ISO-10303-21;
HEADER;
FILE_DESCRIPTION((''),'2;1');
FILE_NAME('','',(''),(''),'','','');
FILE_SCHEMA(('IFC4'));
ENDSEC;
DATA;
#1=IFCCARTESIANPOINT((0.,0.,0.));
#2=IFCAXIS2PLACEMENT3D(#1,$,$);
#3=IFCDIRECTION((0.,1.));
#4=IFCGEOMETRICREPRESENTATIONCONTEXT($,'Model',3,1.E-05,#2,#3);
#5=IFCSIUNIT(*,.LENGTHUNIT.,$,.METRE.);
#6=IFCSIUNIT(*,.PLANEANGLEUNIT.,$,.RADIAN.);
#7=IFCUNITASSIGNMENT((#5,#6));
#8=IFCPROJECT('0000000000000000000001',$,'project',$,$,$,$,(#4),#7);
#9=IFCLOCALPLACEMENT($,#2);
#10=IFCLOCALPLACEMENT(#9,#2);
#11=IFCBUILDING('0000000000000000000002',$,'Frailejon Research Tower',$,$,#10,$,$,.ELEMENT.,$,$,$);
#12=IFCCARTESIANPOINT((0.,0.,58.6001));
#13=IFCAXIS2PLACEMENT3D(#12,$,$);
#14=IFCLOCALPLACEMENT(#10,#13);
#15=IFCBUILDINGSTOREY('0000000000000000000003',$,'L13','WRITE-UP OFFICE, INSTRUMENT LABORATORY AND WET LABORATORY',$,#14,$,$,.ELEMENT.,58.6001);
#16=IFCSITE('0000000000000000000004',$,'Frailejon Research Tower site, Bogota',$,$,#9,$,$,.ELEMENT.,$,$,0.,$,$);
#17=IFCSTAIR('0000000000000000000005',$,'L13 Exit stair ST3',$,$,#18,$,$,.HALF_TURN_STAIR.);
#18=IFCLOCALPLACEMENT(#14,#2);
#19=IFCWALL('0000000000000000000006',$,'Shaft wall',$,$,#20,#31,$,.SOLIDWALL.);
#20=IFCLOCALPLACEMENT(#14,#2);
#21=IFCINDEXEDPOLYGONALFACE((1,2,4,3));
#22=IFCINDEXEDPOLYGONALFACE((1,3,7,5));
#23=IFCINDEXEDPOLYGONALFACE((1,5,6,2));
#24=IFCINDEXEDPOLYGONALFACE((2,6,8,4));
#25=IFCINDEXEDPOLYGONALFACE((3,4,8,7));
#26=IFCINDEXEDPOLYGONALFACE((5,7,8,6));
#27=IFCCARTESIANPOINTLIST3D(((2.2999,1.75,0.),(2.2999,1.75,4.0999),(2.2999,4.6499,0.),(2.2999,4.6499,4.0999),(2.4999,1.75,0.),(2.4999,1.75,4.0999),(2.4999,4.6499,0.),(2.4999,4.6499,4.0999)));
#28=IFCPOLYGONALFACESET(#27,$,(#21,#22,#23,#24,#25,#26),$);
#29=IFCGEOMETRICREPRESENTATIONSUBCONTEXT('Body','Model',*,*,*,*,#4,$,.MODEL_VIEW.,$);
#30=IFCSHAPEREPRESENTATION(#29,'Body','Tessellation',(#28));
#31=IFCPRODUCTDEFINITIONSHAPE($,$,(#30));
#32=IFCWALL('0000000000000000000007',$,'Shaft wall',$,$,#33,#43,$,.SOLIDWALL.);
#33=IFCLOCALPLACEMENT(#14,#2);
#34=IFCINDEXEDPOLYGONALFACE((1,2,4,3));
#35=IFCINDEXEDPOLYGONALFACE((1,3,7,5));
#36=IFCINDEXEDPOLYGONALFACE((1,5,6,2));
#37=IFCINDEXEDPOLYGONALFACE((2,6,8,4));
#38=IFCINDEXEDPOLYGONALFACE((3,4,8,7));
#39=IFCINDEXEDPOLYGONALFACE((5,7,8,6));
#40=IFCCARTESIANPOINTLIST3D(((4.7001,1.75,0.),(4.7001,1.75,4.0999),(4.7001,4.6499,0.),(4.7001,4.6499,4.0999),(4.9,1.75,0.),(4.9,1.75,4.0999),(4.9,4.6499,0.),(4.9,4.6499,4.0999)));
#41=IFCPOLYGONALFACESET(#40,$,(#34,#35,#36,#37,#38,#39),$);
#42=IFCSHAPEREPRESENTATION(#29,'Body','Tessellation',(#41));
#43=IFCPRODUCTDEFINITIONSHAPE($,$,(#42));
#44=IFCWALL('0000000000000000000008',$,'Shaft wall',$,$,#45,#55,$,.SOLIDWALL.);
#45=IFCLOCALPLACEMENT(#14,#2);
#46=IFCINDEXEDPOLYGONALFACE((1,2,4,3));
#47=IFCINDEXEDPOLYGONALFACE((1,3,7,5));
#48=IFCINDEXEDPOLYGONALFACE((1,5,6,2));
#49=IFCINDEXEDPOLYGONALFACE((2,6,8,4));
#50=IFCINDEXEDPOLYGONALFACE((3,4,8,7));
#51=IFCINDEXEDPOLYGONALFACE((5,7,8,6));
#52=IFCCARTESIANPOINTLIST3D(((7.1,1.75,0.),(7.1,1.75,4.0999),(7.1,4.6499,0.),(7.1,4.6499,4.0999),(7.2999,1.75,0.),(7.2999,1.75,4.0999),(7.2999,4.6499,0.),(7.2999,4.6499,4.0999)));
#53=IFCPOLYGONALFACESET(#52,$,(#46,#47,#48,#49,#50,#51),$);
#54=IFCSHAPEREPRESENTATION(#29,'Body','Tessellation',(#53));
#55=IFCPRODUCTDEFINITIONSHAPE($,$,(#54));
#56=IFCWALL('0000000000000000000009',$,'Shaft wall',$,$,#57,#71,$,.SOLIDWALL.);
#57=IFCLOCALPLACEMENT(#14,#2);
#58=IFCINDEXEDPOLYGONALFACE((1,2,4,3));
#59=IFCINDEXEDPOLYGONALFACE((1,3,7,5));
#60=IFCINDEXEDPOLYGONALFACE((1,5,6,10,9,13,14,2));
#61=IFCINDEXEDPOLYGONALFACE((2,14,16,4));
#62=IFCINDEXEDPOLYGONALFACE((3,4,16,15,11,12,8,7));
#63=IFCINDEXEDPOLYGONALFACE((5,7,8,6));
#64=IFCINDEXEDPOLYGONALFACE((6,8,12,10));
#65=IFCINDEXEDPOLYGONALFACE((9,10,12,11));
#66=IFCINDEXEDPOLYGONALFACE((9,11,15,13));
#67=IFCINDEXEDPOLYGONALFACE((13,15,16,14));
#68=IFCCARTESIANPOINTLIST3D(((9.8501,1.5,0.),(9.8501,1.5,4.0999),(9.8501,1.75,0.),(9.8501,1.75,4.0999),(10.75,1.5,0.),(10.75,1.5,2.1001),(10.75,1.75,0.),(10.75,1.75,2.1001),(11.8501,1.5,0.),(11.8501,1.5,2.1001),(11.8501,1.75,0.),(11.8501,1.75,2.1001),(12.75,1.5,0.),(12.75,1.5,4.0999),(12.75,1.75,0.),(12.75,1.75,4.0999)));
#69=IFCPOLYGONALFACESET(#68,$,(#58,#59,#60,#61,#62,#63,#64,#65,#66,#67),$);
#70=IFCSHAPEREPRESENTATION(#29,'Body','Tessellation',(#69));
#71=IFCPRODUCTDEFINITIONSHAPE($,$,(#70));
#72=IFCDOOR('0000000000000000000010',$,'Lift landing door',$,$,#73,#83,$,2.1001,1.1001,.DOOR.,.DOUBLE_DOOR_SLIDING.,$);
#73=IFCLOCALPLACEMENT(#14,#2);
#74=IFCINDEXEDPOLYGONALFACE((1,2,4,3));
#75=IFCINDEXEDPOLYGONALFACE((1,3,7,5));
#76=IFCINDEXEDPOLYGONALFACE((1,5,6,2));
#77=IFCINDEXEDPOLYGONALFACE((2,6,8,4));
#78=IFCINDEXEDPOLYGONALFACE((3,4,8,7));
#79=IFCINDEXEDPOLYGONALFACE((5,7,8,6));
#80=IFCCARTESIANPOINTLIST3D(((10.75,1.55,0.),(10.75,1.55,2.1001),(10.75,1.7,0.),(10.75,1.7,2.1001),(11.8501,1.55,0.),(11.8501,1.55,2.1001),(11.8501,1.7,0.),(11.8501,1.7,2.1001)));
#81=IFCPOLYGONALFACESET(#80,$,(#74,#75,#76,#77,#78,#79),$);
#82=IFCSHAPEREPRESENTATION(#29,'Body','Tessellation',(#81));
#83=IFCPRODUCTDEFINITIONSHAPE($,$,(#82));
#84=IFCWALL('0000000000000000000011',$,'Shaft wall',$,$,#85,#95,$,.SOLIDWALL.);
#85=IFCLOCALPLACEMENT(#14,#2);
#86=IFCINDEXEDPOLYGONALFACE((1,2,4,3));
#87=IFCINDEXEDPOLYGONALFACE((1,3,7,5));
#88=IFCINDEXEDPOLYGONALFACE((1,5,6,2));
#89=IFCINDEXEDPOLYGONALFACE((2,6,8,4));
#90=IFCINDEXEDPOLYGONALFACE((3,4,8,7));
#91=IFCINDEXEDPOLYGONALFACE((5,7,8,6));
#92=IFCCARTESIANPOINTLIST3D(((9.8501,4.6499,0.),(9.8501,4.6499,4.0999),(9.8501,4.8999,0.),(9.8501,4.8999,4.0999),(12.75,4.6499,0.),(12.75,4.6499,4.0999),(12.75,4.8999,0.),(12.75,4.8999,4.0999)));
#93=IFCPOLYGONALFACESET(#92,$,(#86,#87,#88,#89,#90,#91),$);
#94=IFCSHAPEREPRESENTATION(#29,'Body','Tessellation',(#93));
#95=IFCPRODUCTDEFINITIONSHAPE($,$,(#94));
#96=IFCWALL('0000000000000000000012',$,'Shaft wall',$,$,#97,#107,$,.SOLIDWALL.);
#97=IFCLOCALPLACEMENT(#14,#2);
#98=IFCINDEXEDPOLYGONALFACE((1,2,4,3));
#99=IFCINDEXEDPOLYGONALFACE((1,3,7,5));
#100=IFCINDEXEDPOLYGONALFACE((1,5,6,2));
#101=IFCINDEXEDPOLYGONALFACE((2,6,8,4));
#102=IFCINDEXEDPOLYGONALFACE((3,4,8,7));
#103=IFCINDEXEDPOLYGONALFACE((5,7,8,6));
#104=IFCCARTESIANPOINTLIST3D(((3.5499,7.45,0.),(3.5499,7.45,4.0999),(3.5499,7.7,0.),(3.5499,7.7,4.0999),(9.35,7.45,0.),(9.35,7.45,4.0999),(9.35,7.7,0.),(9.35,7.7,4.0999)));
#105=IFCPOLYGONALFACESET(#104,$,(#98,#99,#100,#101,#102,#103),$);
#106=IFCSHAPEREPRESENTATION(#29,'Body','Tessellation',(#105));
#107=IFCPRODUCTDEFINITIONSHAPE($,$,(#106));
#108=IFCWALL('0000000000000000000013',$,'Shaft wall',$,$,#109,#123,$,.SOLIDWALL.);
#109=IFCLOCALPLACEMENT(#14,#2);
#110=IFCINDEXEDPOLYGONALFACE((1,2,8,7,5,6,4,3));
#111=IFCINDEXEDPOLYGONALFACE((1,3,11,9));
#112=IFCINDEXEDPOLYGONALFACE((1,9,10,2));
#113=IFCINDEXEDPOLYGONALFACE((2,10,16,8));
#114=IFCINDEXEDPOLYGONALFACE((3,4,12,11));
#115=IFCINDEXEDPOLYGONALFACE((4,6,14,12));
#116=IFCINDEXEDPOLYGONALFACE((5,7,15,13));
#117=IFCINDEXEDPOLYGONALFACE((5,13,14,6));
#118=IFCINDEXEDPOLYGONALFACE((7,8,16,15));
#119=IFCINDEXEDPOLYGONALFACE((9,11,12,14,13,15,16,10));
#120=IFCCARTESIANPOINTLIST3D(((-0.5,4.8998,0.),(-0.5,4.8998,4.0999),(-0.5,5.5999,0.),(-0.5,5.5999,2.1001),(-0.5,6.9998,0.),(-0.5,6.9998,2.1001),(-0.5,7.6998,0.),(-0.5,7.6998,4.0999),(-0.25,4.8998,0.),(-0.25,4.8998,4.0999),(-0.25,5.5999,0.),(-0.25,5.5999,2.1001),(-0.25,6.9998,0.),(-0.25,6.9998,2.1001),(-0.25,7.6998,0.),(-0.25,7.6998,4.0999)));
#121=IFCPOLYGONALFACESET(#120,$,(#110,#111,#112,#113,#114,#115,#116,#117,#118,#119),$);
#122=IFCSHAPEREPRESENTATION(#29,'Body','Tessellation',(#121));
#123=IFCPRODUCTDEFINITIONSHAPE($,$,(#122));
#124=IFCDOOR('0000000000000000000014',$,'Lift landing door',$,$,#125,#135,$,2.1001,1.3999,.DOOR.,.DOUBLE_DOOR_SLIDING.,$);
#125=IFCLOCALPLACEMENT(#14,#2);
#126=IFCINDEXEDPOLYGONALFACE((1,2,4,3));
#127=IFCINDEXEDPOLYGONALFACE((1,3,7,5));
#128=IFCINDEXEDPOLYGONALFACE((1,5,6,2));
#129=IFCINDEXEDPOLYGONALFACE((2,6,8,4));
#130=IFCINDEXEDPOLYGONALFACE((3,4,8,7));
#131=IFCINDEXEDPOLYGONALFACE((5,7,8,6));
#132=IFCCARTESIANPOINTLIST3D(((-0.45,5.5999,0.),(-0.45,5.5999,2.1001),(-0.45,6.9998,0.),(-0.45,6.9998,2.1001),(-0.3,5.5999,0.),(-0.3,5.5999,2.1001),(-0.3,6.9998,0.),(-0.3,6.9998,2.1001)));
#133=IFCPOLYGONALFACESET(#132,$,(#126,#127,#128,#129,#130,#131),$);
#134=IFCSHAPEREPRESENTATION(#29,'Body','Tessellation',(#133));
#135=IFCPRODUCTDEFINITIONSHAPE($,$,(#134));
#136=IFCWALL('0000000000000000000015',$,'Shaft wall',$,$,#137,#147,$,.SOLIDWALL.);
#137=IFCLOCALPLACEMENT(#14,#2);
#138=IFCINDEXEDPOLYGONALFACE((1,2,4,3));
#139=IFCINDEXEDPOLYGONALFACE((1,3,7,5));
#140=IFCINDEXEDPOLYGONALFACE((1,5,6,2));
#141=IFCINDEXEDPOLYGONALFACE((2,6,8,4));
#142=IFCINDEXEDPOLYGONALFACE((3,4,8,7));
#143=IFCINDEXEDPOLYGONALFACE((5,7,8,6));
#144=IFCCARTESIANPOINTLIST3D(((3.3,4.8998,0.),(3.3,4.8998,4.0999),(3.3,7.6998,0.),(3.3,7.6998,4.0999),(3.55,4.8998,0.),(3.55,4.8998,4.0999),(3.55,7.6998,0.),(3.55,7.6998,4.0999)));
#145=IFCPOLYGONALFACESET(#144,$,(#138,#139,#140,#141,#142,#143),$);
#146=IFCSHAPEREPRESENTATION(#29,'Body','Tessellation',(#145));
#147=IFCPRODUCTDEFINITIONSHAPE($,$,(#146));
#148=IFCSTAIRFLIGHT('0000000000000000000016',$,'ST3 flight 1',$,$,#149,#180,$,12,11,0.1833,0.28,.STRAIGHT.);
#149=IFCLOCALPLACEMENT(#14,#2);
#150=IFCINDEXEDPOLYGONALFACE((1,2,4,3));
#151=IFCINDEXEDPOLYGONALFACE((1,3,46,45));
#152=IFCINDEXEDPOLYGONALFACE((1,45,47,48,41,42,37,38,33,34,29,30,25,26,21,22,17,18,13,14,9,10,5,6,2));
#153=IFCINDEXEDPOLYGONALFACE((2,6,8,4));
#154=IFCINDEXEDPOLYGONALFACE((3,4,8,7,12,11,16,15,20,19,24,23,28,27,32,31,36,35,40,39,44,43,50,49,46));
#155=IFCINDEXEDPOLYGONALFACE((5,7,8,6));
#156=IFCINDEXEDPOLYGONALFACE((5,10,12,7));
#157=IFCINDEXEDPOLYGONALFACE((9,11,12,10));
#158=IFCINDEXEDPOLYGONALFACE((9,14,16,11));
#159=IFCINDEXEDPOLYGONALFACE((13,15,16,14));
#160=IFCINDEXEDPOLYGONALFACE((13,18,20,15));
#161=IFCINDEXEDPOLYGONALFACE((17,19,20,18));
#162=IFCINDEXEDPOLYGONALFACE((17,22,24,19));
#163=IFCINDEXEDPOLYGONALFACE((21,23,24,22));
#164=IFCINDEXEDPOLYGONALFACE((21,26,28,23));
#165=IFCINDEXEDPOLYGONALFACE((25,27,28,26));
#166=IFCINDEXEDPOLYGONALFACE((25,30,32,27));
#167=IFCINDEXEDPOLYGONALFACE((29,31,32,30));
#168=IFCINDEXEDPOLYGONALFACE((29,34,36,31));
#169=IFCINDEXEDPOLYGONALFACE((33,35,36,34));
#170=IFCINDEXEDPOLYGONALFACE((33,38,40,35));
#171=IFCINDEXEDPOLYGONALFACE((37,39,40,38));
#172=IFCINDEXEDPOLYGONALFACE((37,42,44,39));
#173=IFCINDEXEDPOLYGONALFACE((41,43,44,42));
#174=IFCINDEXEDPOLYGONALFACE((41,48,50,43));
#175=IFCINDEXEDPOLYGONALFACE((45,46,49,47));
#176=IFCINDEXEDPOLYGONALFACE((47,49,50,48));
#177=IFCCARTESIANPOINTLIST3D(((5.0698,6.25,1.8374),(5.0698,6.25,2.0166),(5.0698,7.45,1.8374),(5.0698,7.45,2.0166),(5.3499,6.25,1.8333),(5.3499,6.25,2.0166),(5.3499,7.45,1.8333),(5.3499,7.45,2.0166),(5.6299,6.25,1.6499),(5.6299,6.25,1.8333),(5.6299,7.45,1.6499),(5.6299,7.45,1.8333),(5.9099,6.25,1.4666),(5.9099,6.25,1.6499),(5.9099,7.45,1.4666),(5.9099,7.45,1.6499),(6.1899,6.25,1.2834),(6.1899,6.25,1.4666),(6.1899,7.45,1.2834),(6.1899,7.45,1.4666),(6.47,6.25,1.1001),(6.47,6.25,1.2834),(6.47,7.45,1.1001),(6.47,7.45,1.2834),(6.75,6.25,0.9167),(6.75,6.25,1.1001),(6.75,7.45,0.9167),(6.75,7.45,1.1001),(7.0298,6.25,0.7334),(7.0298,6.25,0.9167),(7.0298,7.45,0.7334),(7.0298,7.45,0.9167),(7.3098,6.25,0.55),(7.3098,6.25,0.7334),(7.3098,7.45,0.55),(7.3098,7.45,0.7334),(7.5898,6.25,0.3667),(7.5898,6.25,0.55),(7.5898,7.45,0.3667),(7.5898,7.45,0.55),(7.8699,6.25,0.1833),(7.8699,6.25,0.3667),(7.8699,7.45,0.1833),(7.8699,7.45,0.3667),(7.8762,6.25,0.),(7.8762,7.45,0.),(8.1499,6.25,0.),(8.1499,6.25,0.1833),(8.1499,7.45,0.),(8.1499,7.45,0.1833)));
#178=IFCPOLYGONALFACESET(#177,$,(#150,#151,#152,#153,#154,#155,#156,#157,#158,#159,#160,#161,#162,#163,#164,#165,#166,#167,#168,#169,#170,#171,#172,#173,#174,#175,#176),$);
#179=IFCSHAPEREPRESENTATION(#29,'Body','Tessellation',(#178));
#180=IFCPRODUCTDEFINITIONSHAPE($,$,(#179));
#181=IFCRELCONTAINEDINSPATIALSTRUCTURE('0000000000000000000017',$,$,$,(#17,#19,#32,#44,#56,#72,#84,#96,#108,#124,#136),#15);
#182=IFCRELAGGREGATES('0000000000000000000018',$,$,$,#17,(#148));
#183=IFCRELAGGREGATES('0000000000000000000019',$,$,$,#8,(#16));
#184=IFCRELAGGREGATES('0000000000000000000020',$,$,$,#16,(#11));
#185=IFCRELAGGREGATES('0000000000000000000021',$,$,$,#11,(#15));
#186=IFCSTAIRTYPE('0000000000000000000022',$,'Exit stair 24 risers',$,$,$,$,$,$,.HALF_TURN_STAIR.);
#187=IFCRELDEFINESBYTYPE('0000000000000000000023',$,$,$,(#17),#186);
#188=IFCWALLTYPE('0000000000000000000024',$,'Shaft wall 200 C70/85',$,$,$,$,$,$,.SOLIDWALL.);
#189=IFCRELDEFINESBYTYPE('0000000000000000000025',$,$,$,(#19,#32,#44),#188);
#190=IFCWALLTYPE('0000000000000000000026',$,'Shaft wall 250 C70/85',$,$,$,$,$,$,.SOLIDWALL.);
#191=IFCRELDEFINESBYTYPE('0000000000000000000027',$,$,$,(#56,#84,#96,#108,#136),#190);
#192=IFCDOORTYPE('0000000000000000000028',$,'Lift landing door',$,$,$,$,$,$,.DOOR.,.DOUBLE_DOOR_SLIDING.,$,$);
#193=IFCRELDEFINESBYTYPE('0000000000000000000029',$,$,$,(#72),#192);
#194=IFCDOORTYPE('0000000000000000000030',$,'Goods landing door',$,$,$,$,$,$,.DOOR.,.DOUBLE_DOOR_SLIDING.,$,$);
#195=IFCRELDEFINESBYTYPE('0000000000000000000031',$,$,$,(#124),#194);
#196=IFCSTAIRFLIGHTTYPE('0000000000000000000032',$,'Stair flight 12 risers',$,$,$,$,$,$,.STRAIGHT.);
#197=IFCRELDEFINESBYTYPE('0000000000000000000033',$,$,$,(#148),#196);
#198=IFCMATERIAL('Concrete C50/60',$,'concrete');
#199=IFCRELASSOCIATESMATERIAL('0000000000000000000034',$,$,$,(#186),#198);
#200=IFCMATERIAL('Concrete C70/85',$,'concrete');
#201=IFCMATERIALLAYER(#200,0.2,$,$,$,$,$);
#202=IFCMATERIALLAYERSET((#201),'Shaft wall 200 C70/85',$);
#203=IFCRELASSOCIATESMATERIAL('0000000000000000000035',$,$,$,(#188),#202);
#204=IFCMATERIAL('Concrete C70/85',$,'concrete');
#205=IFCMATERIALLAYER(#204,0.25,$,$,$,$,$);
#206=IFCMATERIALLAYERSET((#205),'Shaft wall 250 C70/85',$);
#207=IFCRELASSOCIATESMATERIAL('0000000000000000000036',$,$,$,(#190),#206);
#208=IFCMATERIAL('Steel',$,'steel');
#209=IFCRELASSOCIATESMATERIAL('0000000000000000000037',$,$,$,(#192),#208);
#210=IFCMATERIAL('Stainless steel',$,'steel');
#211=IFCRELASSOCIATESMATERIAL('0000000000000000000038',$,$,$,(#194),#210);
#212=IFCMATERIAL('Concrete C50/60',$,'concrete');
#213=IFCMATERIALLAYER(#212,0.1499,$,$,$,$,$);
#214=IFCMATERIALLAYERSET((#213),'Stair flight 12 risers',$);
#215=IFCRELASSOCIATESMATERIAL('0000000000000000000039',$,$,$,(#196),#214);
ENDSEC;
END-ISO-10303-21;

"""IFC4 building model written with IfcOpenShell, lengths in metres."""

from ifc_helpers import new_model, si_unit, direction, frame, frame_2d, origin, place, context, subcontext, project, spatial, polyline, rectangle, outline, extrude, material, layer, layer_set, type_object, element, fill, aggregate, save


model = new_model("IFC4")

# Units and contexts
model_context = context("Model", 3, precision=1e-05, world=origin(), true_north=direction((0.0, 1.0)))
body_context = subcontext(model_context, "Body", "Model", "MODEL_VIEW")
ifc_project = project(units=[si_unit("LENGTHUNIT", "METRE"), si_unit("PLANEANGLEUNIT", "RADIAN")], contexts=[model_context])

# Site, building, storey
site_placement = place(None, origin())
site = spatial("IfcSite", under=ifc_project, at=site_placement, Name="Frailejon Research Tower site, Bogota", CompositionType="ELEMENT", RefElevation=0.0)
building_placement = place(site_placement, origin())
building = spatial("IfcBuilding", under=site, at=building_placement, Name="Frailejon Research Tower", CompositionType="ELEMENT")
storey_placement = place(building_placement, frame((0.0, 0.0, 58.6001)))
storey = spatial("IfcBuildingStorey", under=building, at=storey_placement, Name="L13", Description="WRITE-UP OFFICE, INSTRUMENT LABORATORY AND WET LABORATORY", CompositionType="ELEMENT", Elevation=58.6001)

# Stair
ifc_material_1 = material(Name="Concrete C50/60", Category="concrete")
stair_type = type_object("IfcStairType", Name="Exit stair 24 risers", PredefinedType="HALF_TURN_STAIR", material=ifc_material_1)
stair_1_placement = place(storey_placement, origin())
stair_1 = element("IfcStair", 1, at=stair_1_placement, inside=storey, type_object=stair_type, Name="L13 Exit stair ST3", PredefinedType="HALF_TURN_STAIR")

# Walls
ifc_material_2 = material(Name="Concrete C70/85", Category="concrete")
ifc_layer_1 = layer(ifc_material_2, 0.2)
ifc_layer_set_1 = layer_set([ifc_layer_1], Name="Shaft wall 200 C70/85")
wall_type_1 = type_object("IfcWallType", Name="Shaft wall 200 C70/85", PredefinedType="SOLIDWALL", material=ifc_layer_set_1)
for number, where, z_axis, x_axis, name in (
    (2, (2.3999, 1.75, 0.0), (0.0, 0.0, 1.0), (0.0, 1.0, 0.0), "Shaft wall"),
    (3, (4.8, 1.75, 0.0), (0.0, 0.0, 1.0), (0.0, 1.0, 0.0), "Shaft wall"),
    (4, (7.2, 1.75, 0.0), (0.0, 0.0, 1.0), (0.0, 1.0, 0.0), "Shaft wall"),
):
    element("IfcWall", number, at=place(storey_placement, frame(where, z_axis=z_axis, x_axis=x_axis)), inside=storey, type_object=wall_type_1, Name=name, PredefinedType="SOLIDWALL", context=body_context, shape_type="SweptSolid", body=[
        extrude(rectangle(XDim=2.8999, YDim=0.2, at=frame_2d((1.45, 0.0))), origin(), (0.0, 0.0, 1.0), 4.0999),
    ])

# Wall, opening, door
ifc_material_3 = material(Name="Concrete C70/85", Category="concrete")
ifc_layer_2 = layer(ifc_material_3, 0.25)
ifc_layer_set_2 = layer_set([ifc_layer_2], Name="Shaft wall 250 C70/85")
wall_type_2 = type_object("IfcWallType", Name="Shaft wall 250 C70/85", PredefinedType="SOLIDWALL", material=ifc_layer_set_2)
wall_1_placement = place(storey_placement, frame((9.8501, 1.625, 0.0), z_axis=(0.0, 0.0, 1.0), x_axis=(1.0, 0.0, 0.0)))
wall_1 = element("IfcWall", 5, at=wall_1_placement, inside=storey, type_object=wall_type_2, Name="Shaft wall", PredefinedType="SOLIDWALL", context=body_context, shape_type="SweptSolid", body=[
    extrude(rectangle(XDim=2.8999, YDim=0.25, at=frame_2d((1.45, 0.0))), origin(), (0.0, 0.0, 1.0), 4.0999),
])
opening_1_placement = place(wall_1_placement, frame((0.8999, 0.0, 0.0)))
opening_1 = element("IfcOpeningElement", 6, at=opening_1_placement, cuts=wall_1, PredefinedType="OPENING", context=body_context, shape_type="SweptSolid", body=[
    extrude(rectangle(XDim=1.1001, YDim=2.1001, at=frame_2d((0.55, 1.05))), frame((0.0, 0.135, 0.0), z_axis=(0.0, -1.0, 0.0), x_axis=(1.0, 0.0, 0.0)), (0.0, 0.0, 1.0), 0.27),
])
ifc_material_4 = material(Name="Steel", Category="steel")
door_type_1 = type_object("IfcDoorType", Name="Lift landing door", OperationType="DOUBLE_DOOR_SLIDING", PredefinedType="DOOR", material=ifc_material_4)
door_1_placement = place(opening_1_placement, origin())
door_1 = element("IfcDoor", 7, at=door_1_placement, inside=storey, type_object=door_type_1, Name="Lift landing door", OperationType="DOUBLE_DOOR_SLIDING", OverallHeight=2.1001, OverallWidth=1.1001, PredefinedType="DOOR", context=body_context, shape_type="SweptSolid", body=[
    extrude(rectangle(XDim=1.1001, YDim=2.1001, at=frame_2d((0.55, 1.05))), frame((0.0, 0.075, 0.0), z_axis=(0.0, -1.0, 0.0), x_axis=(1.0, 0.0, 0.0)), (0.0, 0.0, 1.0), 0.1499),
])
fill(opening_1, door_1)

# Walls
wall_2_placement = place(storey_placement, frame((9.8501, 4.7749, 0.0), z_axis=(0.0, 0.0, 1.0), x_axis=(1.0, 0.0, 0.0)))
element("IfcWall", 8, at=wall_2_placement, inside=storey, type_object=wall_type_2, Name="Shaft wall", PredefinedType="SOLIDWALL", context=body_context, shape_type="SweptSolid", body=[
    extrude(rectangle(XDim=2.8999, YDim=0.25, at=frame_2d((1.45, 0.0))), origin(), (0.0, 0.0, 1.0), 4.0999),
])
wall_3_placement = place(storey_placement, frame((3.55, 7.575, 0.0), z_axis=(0.0, 0.0, 1.0), x_axis=(1.0, 0.0, 0.0)))
element("IfcWall", 9, at=wall_3_placement, inside=storey, type_object=wall_type_2, Name="Shaft wall", PredefinedType="SOLIDWALL", context=body_context, shape_type="SweptSolid", body=[
    extrude(rectangle(XDim=5.8, YDim=0.25, at=frame_2d((2.8999, 0.0))), origin(), (0.0, 0.0, 1.0), 4.0999),
])

# Wall, opening, door
wall_4_placement = place(storey_placement, frame((-0.375, 4.8999, 0.0), z_axis=(0.0, 0.0, 1.0), x_axis=(0.0, 1.0, 0.0)))
wall_4 = element("IfcWall", 10, at=wall_4_placement, inside=storey, type_object=wall_type_2, Name="Shaft wall", PredefinedType="SOLIDWALL", context=body_context, shape_type="SweptSolid", body=[
    extrude(rectangle(XDim=2.8, YDim=0.25, at=frame_2d((1.3999, 0.0))), origin(), (0.0, 0.0, 1.0), 4.0999),
])
opening_2_placement = place(wall_4_placement, frame((0.7, 0.0, 0.0)))
opening_2 = element("IfcOpeningElement", 11, at=opening_2_placement, cuts=wall_4, PredefinedType="OPENING", context=body_context, shape_type="SweptSolid", body=[
    extrude(rectangle(XDim=1.3999, YDim=2.1001, at=frame_2d((0.7, 1.05))), frame((0.0, 0.135, 0.0), z_axis=(0.0, -1.0, 0.0), x_axis=(1.0, 0.0, 0.0)), (0.0, 0.0, 1.0), 0.27),
])
ifc_material_5 = material(Name="Stainless steel", Category="steel")
door_type_2 = type_object("IfcDoorType", Name="Goods landing door", OperationType="DOUBLE_DOOR_SLIDING", PredefinedType="DOOR", material=ifc_material_5)
door_2_placement = place(opening_2_placement, origin())
door_2 = element("IfcDoor", 12, at=door_2_placement, inside=storey, type_object=door_type_2, Name="Lift landing door", OperationType="DOUBLE_DOOR_SLIDING", OverallHeight=2.1001, OverallWidth=1.3999, PredefinedType="DOOR", context=body_context, shape_type="SweptSolid", body=[
    extrude(rectangle(XDim=1.3999, YDim=2.1001, at=frame_2d((0.7, 1.05))), frame((0.0, 0.075, 0.0), z_axis=(0.0, -1.0, 0.0), x_axis=(1.0, 0.0, 0.0)), (0.0, 0.0, 1.0), 0.1499),
])
fill(opening_2, door_2)

# Wall
wall_5_placement = place(storey_placement, frame((3.425, 4.8999, 0.0), z_axis=(0.0, 0.0, 1.0), x_axis=(0.0, 1.0, 0.0)))
element("IfcWall", 13, at=wall_5_placement, inside=storey, type_object=wall_type_2, Name="Shaft wall", PredefinedType="SOLIDWALL", context=body_context, shape_type="SweptSolid", body=[
    extrude(rectangle(XDim=2.8, YDim=0.25, at=frame_2d((1.3999, 0.0))), origin(), (0.0, 0.0, 1.0), 4.0999),
])

# Stair flight
ifc_material_6 = material(Name="Concrete C50/60", Category="concrete")
ifc_layer_3 = layer(ifc_material_6, 0.1499)
ifc_layer_set_3 = layer_set([ifc_layer_3], Name="Stair flight 12 risers")
stair_flight_type = type_object("IfcStairFlightType", Name="Stair flight 12 risers", PredefinedType="STRAIGHT", material=ifc_layer_set_3)
stair_flight_1_placement = place(storey_placement, frame((8.1499, 6.8501, 0.0), z_axis=(0.0, 0.0, 1.0), x_axis=(-1.0, 0.0, 0.0)))
stair_flight_1 = element("IfcStairFlight", 14, at=stair_flight_1_placement, type_object=stair_flight_type, Name="ST3 flight 1", NumberOfRisers=12, NumberOfTreads=11, PredefinedType="STRAIGHT", RiserHeight=0.1833, TreadLength=0.28, context=body_context, shape_type="SweptSolid", body=[
    extrude(outline(polyline([(0.0, 0.0), (0.0, 0.1833), (0.28, 0.1833), (0.28, 0.3667), (0.5601, 0.3667), (0.5601, 0.55), (0.8401, 0.55), (0.8401, 0.7334), (1.1201, 0.7334), (1.1201, 0.9167), (1.3999, 0.9167), (1.3999, 1.1001), (1.6799, 1.1001), (1.6799, 1.2834), (1.96, 1.2834), (1.96, 1.4666), (2.24, 1.4666), (2.24, 1.6499), (2.52, 1.6499), (2.52, 1.8333), (2.8, 1.8333), (2.8, 2.0166), (3.0801, 2.0166), (3.0801, 2.2), (3.0801, 1.8374), (0.2737, 0.0), (0.0, 0.0)])), frame((0.0, 0.6001, 0.0), z_axis=(0.0, -1.0, 0.0), x_axis=(1.0, 0.0, 0.0)), (0.0, 0.0, 1.0), 1.2),
])
aggregate(stair_1, [stair_flight_1])

save(model, "model.ifc")
